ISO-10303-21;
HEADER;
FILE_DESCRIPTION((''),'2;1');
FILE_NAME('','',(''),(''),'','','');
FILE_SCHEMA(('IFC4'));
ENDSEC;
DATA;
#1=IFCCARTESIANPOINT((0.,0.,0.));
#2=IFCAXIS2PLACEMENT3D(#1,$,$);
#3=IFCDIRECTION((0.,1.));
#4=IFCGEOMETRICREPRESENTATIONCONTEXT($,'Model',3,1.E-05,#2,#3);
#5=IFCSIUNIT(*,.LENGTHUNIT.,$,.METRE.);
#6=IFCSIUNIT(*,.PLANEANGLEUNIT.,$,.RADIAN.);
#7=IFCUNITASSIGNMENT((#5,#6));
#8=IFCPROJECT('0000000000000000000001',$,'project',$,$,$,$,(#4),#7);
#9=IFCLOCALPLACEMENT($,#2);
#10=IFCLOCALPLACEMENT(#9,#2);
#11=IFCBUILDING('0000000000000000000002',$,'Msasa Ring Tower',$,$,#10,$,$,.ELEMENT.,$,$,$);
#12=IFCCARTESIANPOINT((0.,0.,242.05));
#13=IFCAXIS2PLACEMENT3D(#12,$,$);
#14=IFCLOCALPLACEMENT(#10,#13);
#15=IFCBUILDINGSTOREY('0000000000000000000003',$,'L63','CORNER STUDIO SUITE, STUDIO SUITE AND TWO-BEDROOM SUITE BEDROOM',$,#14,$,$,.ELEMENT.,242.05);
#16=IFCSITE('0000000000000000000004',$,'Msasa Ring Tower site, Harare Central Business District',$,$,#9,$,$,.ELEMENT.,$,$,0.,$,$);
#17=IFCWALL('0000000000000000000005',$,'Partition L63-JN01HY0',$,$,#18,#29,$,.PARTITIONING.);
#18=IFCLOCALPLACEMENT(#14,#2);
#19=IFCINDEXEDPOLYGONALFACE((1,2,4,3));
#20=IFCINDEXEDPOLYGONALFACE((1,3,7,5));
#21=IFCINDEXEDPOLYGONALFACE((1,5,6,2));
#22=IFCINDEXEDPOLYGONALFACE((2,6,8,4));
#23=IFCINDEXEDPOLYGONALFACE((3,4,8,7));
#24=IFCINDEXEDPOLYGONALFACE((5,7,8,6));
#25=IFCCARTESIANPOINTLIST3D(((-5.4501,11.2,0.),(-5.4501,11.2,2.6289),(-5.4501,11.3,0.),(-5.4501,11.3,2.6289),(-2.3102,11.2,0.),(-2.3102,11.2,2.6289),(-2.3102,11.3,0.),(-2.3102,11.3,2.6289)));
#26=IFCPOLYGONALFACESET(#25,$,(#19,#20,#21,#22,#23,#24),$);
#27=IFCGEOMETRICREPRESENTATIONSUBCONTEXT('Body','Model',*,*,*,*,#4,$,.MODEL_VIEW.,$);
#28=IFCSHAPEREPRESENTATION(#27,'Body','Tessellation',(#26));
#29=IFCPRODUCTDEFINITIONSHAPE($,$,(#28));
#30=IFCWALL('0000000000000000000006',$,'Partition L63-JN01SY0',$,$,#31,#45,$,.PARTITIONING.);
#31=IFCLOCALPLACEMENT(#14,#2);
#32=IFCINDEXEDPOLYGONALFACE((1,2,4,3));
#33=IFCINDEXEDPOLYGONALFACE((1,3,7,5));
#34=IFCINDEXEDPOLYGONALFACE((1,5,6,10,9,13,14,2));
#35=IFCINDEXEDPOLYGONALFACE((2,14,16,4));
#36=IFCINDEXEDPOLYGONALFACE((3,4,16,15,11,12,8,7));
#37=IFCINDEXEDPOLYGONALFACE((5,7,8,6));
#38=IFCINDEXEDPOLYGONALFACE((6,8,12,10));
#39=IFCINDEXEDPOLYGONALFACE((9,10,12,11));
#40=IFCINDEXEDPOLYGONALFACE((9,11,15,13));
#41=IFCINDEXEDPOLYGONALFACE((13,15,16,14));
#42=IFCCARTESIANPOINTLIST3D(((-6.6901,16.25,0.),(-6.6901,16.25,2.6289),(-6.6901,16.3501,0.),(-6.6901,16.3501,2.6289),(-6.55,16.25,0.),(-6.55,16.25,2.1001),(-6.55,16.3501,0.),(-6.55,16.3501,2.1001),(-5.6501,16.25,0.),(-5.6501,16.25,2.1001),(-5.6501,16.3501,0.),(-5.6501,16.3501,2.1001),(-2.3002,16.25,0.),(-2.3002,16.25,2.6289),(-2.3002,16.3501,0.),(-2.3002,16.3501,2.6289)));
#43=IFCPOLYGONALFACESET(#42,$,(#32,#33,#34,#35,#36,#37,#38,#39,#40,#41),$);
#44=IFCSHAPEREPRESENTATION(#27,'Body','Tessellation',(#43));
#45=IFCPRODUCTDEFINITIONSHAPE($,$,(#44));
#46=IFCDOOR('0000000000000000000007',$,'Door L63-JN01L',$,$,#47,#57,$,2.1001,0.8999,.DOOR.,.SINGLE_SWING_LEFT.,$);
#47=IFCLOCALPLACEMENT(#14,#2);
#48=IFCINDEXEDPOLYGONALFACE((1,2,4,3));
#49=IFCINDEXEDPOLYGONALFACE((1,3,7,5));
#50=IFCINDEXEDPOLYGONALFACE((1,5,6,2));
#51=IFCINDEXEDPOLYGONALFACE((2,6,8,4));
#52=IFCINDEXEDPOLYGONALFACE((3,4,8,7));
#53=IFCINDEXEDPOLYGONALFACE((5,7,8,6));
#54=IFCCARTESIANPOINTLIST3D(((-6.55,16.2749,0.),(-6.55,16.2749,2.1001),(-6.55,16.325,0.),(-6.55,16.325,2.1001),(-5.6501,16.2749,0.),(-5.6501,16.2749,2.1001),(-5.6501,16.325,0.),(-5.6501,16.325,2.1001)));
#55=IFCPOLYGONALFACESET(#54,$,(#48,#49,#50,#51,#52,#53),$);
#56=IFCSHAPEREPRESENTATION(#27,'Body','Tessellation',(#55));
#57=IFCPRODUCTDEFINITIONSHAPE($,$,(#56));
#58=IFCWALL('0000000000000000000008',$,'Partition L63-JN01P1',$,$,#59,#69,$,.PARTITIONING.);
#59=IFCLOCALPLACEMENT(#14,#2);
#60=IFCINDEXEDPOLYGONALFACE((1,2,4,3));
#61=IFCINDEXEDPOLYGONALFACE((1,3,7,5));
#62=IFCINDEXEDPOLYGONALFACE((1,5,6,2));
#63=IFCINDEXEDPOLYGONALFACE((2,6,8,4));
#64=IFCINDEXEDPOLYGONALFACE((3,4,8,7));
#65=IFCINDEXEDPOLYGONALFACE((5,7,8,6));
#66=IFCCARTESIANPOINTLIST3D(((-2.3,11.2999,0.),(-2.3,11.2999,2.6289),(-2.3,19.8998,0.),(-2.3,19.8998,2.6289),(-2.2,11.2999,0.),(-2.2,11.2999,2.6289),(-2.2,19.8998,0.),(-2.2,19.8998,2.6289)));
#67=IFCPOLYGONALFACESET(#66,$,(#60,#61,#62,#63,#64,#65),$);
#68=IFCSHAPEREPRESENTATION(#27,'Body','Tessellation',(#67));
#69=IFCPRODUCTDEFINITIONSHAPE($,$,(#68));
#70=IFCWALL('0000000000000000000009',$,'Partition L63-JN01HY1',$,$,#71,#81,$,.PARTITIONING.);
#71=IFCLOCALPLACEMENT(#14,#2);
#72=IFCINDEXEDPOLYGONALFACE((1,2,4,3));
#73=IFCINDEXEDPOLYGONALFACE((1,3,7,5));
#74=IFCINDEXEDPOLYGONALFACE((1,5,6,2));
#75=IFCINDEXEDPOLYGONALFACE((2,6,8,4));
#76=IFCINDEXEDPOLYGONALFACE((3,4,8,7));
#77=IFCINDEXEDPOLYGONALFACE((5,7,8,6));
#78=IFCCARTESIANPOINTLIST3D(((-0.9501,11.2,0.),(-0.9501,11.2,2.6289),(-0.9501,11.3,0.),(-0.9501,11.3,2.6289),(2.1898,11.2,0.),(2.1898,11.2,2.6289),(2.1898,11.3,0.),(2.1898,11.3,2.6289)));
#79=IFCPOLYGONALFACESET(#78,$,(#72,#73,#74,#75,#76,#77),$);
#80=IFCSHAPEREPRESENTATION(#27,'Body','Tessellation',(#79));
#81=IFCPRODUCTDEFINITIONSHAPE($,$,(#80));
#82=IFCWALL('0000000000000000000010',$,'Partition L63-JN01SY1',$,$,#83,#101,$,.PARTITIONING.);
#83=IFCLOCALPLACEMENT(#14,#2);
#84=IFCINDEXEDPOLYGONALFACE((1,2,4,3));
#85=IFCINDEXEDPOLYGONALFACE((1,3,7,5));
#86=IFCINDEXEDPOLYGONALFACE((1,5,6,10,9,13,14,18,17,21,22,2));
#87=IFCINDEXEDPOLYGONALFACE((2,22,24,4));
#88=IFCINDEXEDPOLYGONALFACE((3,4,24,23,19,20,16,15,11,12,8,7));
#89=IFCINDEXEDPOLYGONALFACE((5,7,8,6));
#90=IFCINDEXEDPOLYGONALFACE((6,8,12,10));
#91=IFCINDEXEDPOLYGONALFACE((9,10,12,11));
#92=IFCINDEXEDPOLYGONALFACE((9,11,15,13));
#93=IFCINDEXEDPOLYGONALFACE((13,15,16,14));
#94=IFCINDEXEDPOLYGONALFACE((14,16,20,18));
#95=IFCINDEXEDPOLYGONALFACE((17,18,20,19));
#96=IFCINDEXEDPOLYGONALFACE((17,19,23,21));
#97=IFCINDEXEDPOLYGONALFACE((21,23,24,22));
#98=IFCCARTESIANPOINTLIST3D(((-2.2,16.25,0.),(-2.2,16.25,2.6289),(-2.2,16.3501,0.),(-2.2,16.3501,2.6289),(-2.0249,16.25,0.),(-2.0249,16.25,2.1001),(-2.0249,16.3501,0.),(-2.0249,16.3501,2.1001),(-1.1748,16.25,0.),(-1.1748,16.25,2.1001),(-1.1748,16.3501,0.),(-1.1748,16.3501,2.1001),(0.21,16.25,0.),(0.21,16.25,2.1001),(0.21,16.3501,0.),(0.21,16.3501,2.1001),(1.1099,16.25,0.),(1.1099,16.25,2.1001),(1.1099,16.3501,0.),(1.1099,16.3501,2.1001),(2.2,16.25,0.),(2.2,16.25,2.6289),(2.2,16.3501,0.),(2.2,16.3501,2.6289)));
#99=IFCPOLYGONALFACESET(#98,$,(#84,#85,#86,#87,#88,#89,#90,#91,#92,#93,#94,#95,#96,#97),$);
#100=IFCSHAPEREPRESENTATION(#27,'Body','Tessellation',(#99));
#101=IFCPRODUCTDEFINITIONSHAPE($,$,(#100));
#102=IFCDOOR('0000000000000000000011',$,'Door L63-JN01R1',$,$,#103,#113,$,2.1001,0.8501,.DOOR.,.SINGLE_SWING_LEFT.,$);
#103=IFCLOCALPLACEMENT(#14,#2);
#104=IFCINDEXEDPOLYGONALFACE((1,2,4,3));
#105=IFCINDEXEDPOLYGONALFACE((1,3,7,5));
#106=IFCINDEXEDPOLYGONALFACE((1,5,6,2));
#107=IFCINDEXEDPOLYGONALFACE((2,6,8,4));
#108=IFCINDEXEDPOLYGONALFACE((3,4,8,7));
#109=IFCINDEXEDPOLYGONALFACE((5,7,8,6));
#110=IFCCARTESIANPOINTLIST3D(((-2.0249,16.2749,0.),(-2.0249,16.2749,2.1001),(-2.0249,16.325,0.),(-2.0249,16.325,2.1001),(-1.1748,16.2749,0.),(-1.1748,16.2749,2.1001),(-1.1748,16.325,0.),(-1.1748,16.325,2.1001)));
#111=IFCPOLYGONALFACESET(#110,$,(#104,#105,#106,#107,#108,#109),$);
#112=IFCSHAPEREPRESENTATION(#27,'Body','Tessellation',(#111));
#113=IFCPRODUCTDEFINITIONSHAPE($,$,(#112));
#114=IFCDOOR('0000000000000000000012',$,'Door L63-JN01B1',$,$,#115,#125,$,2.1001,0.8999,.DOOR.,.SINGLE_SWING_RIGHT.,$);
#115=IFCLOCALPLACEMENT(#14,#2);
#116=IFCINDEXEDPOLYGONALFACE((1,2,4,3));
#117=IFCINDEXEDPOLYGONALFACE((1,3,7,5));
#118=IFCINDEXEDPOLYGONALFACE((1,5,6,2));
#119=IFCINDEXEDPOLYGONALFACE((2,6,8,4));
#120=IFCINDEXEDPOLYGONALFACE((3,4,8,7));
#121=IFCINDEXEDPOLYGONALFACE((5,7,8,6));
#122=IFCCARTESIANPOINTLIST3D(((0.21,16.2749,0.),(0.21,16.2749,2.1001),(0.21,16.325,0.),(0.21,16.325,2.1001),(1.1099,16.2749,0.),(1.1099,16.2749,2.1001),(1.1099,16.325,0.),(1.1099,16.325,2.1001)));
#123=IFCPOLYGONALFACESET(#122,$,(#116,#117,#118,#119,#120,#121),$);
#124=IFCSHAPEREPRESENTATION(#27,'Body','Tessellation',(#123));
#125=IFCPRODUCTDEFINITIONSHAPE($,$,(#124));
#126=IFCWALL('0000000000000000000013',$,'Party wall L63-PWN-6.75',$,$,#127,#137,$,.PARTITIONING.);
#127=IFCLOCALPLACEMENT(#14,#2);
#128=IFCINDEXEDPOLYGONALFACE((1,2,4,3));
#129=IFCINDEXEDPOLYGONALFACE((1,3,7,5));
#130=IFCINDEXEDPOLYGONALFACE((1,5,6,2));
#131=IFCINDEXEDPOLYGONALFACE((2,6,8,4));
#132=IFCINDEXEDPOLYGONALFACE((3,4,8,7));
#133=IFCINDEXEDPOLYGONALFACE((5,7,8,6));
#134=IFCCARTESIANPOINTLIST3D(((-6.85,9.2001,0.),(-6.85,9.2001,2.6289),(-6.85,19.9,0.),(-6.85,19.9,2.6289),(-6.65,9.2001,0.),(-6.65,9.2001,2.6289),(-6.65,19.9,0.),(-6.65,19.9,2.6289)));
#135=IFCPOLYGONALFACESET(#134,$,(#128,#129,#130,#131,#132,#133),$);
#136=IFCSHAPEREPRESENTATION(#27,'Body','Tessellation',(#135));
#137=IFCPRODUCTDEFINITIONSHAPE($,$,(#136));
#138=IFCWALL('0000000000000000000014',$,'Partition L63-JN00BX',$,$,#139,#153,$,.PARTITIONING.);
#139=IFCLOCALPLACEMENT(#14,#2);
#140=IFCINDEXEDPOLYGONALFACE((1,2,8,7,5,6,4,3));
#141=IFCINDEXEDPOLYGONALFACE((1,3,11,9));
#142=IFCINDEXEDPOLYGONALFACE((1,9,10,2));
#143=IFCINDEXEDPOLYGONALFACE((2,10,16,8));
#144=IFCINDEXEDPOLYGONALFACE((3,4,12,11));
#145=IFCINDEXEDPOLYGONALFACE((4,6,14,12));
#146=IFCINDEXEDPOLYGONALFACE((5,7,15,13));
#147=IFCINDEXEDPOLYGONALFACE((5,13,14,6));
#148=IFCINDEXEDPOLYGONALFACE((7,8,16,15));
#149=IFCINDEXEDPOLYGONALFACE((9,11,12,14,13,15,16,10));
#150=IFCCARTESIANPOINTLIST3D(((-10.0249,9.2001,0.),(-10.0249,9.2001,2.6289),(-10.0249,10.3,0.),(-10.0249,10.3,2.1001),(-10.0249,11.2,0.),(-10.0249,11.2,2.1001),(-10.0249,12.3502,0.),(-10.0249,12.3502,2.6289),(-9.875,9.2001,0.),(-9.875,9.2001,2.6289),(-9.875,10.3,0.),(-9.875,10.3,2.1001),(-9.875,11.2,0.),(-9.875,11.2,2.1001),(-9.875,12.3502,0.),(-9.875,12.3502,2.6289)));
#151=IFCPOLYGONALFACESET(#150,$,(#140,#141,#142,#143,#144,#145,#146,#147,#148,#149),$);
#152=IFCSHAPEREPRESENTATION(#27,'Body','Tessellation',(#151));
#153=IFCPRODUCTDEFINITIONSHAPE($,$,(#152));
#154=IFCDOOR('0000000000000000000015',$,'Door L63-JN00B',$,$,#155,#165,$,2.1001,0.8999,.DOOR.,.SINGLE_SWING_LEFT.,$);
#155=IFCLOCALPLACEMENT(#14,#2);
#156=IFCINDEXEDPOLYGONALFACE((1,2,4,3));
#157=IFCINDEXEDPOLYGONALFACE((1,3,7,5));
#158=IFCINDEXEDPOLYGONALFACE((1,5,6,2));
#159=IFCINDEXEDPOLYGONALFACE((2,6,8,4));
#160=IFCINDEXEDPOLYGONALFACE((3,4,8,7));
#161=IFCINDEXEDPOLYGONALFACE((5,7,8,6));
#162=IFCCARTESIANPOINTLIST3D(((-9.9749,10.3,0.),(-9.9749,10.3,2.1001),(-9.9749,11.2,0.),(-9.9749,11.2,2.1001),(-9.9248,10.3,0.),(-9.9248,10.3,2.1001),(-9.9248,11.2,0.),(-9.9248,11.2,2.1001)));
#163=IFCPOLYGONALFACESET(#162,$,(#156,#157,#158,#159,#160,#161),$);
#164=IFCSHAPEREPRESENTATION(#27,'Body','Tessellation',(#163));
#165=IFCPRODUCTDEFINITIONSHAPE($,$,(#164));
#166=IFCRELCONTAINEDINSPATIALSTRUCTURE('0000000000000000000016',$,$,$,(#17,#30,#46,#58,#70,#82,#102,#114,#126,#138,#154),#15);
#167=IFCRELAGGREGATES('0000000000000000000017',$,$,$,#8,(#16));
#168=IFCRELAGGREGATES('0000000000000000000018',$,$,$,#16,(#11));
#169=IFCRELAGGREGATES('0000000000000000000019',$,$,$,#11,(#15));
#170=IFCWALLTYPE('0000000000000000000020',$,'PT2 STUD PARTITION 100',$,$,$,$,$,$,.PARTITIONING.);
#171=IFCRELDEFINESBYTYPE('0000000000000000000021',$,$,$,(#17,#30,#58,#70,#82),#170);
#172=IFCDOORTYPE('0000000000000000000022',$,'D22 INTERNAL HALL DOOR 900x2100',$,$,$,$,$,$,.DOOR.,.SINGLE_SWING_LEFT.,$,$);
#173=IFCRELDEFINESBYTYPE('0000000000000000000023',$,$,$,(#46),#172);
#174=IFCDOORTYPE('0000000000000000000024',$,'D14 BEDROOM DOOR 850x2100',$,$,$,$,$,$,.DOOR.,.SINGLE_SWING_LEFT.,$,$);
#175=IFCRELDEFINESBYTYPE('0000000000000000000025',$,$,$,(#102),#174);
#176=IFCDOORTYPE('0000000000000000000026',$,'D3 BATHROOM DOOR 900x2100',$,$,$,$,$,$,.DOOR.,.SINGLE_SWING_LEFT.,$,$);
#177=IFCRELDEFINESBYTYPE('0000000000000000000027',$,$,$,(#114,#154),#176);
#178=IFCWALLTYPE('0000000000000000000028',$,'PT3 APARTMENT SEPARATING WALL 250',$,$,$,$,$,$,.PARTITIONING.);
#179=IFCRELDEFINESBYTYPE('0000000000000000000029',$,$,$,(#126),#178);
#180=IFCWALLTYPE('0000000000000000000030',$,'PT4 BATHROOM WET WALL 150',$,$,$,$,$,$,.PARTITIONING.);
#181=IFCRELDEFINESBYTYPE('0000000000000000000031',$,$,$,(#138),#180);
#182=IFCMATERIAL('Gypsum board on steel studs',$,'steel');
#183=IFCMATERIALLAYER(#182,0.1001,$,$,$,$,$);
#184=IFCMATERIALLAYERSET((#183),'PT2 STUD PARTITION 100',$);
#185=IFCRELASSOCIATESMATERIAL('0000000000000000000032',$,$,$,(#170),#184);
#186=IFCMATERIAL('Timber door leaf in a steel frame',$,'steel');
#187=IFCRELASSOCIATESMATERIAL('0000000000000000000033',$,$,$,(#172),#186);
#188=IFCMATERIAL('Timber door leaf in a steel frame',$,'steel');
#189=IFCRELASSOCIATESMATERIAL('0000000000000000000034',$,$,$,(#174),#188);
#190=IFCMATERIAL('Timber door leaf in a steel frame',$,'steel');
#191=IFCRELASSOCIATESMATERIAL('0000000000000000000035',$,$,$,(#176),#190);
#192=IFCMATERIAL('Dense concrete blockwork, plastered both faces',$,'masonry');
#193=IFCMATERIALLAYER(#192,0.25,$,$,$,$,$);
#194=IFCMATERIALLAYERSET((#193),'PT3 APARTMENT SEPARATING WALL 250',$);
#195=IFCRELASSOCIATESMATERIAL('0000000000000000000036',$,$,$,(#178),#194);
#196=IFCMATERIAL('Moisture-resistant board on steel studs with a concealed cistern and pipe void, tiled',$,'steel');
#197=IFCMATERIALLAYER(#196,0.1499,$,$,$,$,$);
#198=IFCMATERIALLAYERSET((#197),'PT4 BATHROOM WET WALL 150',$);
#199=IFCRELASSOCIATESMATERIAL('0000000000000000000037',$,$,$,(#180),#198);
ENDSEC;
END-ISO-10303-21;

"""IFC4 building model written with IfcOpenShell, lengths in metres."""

from ifc_helpers import new_model, si_unit, direction, frame, frame_2d, origin, place, context, subcontext, project, spatial, rectangle, extrude, material, layer, layer_set, type_object, element, fill, save


model = new_model("IFC4")

# Units and contexts
model_context = context("Model", 3, precision=1e-05, world=origin(), true_north=direction((0.0, 1.0)))
body_context = subcontext(model_context, "Body", "Model", "MODEL_VIEW")
ifc_project = project(units=[si_unit("LENGTHUNIT", "METRE"), si_unit("PLANEANGLEUNIT", "RADIAN")], contexts=[model_context])

# Site, building, storey
site_placement = place(None, origin())
site = spatial("IfcSite", under=ifc_project, at=site_placement, Name="Msasa Ring Tower site, Harare Central Business District", CompositionType="ELEMENT", RefElevation=0.0)
building_placement = place(site_placement, origin())
building = spatial("IfcBuilding", under=site, at=building_placement, Name="Msasa Ring Tower", CompositionType="ELEMENT")
storey_placement = place(building_placement, frame((0.0, 0.0, 242.05)))
storey = spatial("IfcBuildingStorey", under=building, at=storey_placement, Name="L63", Description="CORNER STUDIO SUITE, STUDIO SUITE AND TWO-BEDROOM SUITE BEDROOM", CompositionType="ELEMENT", Elevation=242.05)

# Wall
ifc_material_1 = material(Name="Gypsum board on steel studs", Category="steel")
ifc_layer_1 = layer(ifc_material_1, 0.1001)
ifc_layer_set_1 = layer_set([ifc_layer_1], Name="PT2 STUD PARTITION 100")
wall_type_1 = type_object("IfcWallType", Name="PT2 STUD PARTITION 100", PredefinedType="PARTITIONING", material=ifc_layer_set_1)
wall_1_placement = place(storey_placement, frame((-5.45, 11.25, 0.0), z_axis=(0.0, 0.0, 1.0), x_axis=(1.0, 0.0, 0.0)))
element("IfcWall", 1, at=wall_1_placement, inside=storey, type_object=wall_type_1, Name="Partition L63-JN01HY0", PredefinedType="PARTITIONING", context=body_context, shape_type="SweptSolid", body=[
    extrude(rectangle(XDim=3.1399, YDim=0.1001, at=frame_2d((1.5698, 0.0))), origin(), (0.0, 0.0, 1.0), 2.6289),
])

# Wall, opening, door
wall_2_placement = place(storey_placement, frame((-6.6899, 16.3, 0.0), z_axis=(0.0, 0.0, 1.0), x_axis=(1.0, 0.0, 0.0)))
wall_2 = element("IfcWall", 2, at=wall_2_placement, inside=storey, type_object=wall_type_1, Name="Partition L63-JN01SY0", PredefinedType="PARTITIONING", context=body_context, shape_type="SweptSolid", body=[
    extrude(rectangle(XDim=4.3899, YDim=0.1001, at=frame_2d((2.1948, 0.0))), origin(), (0.0, 0.0, 1.0), 2.6289),
])
opening_1_placement = place(wall_2_placement, frame((0.1399, 0.0, 0.0)))
opening_1 = element("IfcOpeningElement", 3, at=opening_1_placement, cuts=wall_2, PredefinedType="OPENING", context=body_context, shape_type="SweptSolid", body=[
    extrude(rectangle(XDim=0.8999, YDim=2.1001, at=frame_2d((0.45, 1.05))), frame((0.0, 0.0601, 0.0), z_axis=(0.0, -1.0, 0.0), x_axis=(1.0, 0.0, 0.0)), (0.0, 0.0, 1.0), 0.1201),
])
ifc_material_2 = material(Name="Timber door leaf in a steel frame", Category="steel")
door_type_1 = type_object("IfcDoorType", Name="D22 INTERNAL HALL DOOR 900x2100", OperationType="SINGLE_SWING_LEFT", PredefinedType="DOOR", material=ifc_material_2)
door_1_placement = place(opening_1_placement, origin())
door_1 = element("IfcDoor", 4, at=door_1_placement, inside=storey, type_object=door_type_1, Name="Door L63-JN01L", OperationType="SINGLE_SWING_LEFT", OverallHeight=2.1001, OverallWidth=0.8999, PredefinedType="DOOR", context=body_context, shape_type="SweptSolid", body=[
    extrude(rectangle(XDim=0.8999, YDim=2.1001, at=frame_2d((0.45, 1.05))), frame((0.0, 0.0249, 0.0), z_axis=(0.0, -1.0, 0.0), x_axis=(1.0, 0.0, 0.0)), (0.0, 0.0, 1.0), 0.05),
])
fill(opening_1, door_1)

# Walls
wall_3_placement = place(storey_placement, frame((-2.25, 11.3, 0.0), z_axis=(0.0, 0.0, 1.0), x_axis=(0.0, 1.0, 0.0)))
element("IfcWall", 5, at=wall_3_placement, inside=storey, type_object=wall_type_1, Name="Partition L63-JN01P1", PredefinedType="PARTITIONING", context=body_context, shape_type="SweptSolid", body=[
    extrude(rectangle(XDim=8.5999, YDim=0.1001, at=frame_2d((4.2998, 0.0))), origin(), (0.0, 0.0, 1.0), 2.6289),
])
wall_4_placement = place(storey_placement, frame((-0.95, 11.25, 0.0), z_axis=(0.0, 0.0, 1.0), x_axis=(1.0, 0.0, 0.0)))
element("IfcWall", 6, at=wall_4_placement, inside=storey, type_object=wall_type_1, Name="Partition L63-JN01HY1", PredefinedType="PARTITIONING", context=body_context, shape_type="SweptSolid", body=[
    extrude(rectangle(XDim=3.1399, YDim=0.1001, at=frame_2d((1.5698, 0.0))), origin(), (0.0, 0.0, 1.0), 2.6289),
])

# Wall, openings, doors
wall_5_placement = place(storey_placement, frame((-2.2, 16.3, 0.0), z_axis=(0.0, 0.0, 1.0), x_axis=(1.0, 0.0, 0.0)))
wall_5 = element("IfcWall", 7, at=wall_5_placement, inside=storey, type_object=wall_type_1, Name="Partition L63-JN01SY1", PredefinedType="PARTITIONING", context=body_context, shape_type="SweptSolid", body=[
    extrude(rectangle(XDim=4.3999, YDim=0.1001, at=frame_2d((2.2, 0.0))), origin(), (0.0, 0.0, 1.0), 2.6289),
])
opening_2_placement = place(wall_5_placement, frame((0.175, 0.0, 0.0)))
opening_2 = element("IfcOpeningElement", 8, at=opening_2_placement, cuts=wall_5, PredefinedType="OPENING", context=body_context, shape_type="SweptSolid", body=[
    extrude(rectangle(XDim=0.8501, YDim=2.1001, at=frame_2d((0.425, 1.05))), frame((0.0, 0.0601, 0.0), z_axis=(0.0, -1.0, 0.0), x_axis=(1.0, 0.0, 0.0)), (0.0, 0.0, 1.0), 0.1201),
])
opening_3_placement = place(wall_5_placement, frame((2.4099, 0.0, 0.0)))
opening_3 = element("IfcOpeningElement", 9, at=opening_3_placement, cuts=wall_5, PredefinedType="OPENING", context=body_context, shape_type="SweptSolid", body=[
    extrude(rectangle(XDim=0.8999, YDim=2.1001, at=frame_2d((0.45, 1.05))), frame((0.0, 0.0601, 0.0), z_axis=(0.0, -1.0, 0.0), x_axis=(1.0, 0.0, 0.0)), (0.0, 0.0, 1.0), 0.1201),
])
ifc_material_3 = material(Name="Timber door leaf in a steel frame", Category="steel")
door_type_2 = type_object("IfcDoorType", Name="D14 BEDROOM DOOR 850x2100", OperationType="SINGLE_SWING_LEFT", PredefinedType="DOOR", material=ifc_material_3)
door_2_placement = place(opening_2_placement, origin())
door_2 = element("IfcDoor", 10, at=door_2_placement, inside=storey, type_object=door_type_2, Name="Door L63-JN01R1", OperationType="SINGLE_SWING_LEFT", OverallHeight=2.1001, OverallWidth=0.8501, PredefinedType="DOOR", context=body_context, shape_type="SweptSolid", body=[
    extrude(rectangle(XDim=0.8501, YDim=2.1001, at=frame_2d((0.425, 1.05))), frame((0.0, 0.0249, 0.0), z_axis=(0.0, -1.0, 0.0), x_axis=(1.0, 0.0, 0.0)), (0.0, 0.0, 1.0), 0.05),
])
fill(opening_2, door_2)
ifc_material_4 = material(Name="Timber door leaf in a steel frame", Category="steel")
door_type_3 = type_object("IfcDoorType", Name="D3 BATHROOM DOOR 900x2100", OperationType="SINGLE_SWING_LEFT", PredefinedType="DOOR", material=ifc_material_4)
door_3_placement = place(opening_3_placement, origin())
door_3 = element("IfcDoor", 11, at=door_3_placement, inside=storey, type_object=door_type_3, Name="Door L63-JN01B1", OperationType="SINGLE_SWING_RIGHT", OverallHeight=2.1001, OverallWidth=0.8999, PredefinedType="DOOR", context=body_context, shape_type="SweptSolid", body=[
    extrude(rectangle(XDim=0.8999, YDim=2.1001, at=frame_2d((0.45, 1.05))), frame((0.0, 0.0249, 0.0), z_axis=(0.0, -1.0, 0.0), x_axis=(1.0, 0.0, 0.0)), (0.0, 0.0, 1.0), 0.05),
])
fill(opening_3, door_3)

# Wall
ifc_material_5 = material(Name="Dense concrete blockwork, plastered both faces", Category="masonry")
ifc_layer_2 = layer(ifc_material_5, 0.25)
ifc_layer_set_2 = layer_set([ifc_layer_2], Name="PT3 APARTMENT SEPARATING WALL 250")
wall_type_2 = type_object("IfcWallType", Name="PT3 APARTMENT SEPARATING WALL 250", PredefinedType="PARTITIONING", material=ifc_layer_set_2)
wall_6_placement = place(storey_placement, frame((-6.75, 9.2, 0.0), z_axis=(0.0, 0.0, 1.0), x_axis=(0.0, 1.0, 0.0)))
element("IfcWall", 12, at=wall_6_placement, inside=storey, type_object=wall_type_2, Name="Party wall L63-PWN-6.75", PredefinedType="PARTITIONING", context=body_context, shape_type="SweptSolid", body=[
    extrude(rectangle(XDim=10.7, YDim=0.2, at=frame_2d((5.3501, 0.0))), origin(), (0.0, 0.0, 1.0), 2.6289),
])

# Wall, opening, door
ifc_material_6 = material(Name="Moisture-resistant board on steel studs with a concealed cistern and pipe void, tiled", Category="steel")
ifc_layer_3 = layer(ifc_material_6, 0.1499)
ifc_layer_set_3 = layer_set([ifc_layer_3], Name="PT4 BATHROOM WET WALL 150")
wall_type_3 = type_object("IfcWallType", Name="PT4 BATHROOM WET WALL 150", PredefinedType="PARTITIONING", material=ifc_layer_set_3)
wall_7_placement = place(storey_placement, frame((-9.95, 9.2, 0.0), z_axis=(0.0, 0.0, 1.0), x_axis=(0.0, 1.0, 0.0)))
wall_7 = element("IfcWall", 13, at=wall_7_placement, inside=storey, type_object=wall_type_3, Name="Partition L63-JN00BX", PredefinedType="PARTITIONING", context=body_context, shape_type="SweptSolid", body=[
    extrude(rectangle(XDim=3.1501, YDim=0.1499, at=frame_2d((1.5752, 0.0))), origin(), (0.0, 0.0, 1.0), 2.6289),
])
opening_4_placement = place(wall_7_placement, frame((1.1001, 0.0, 0.0)))
opening_4 = element("IfcOpeningElement", 14, at=opening_4_placement, cuts=wall_7, PredefinedType="OPENING", context=body_context, shape_type="SweptSolid", body=[
    extrude(rectangle(XDim=0.8999, YDim=2.1001, at=frame_2d((0.45, 1.05))), frame((0.0, 0.085, 0.0), z_axis=(0.0, -1.0, 0.0), x_axis=(1.0, 0.0, 0.0)), (0.0, 0.0, 1.0), 0.1699),
])
door_4_placement = place(opening_4_placement, origin())
door_4 = element("IfcDoor", 15, at=door_4_placement, inside=storey, type_object=door_type_3, Name="Door L63-JN00B", OperationType="SINGLE_SWING_LEFT", OverallHeight=2.1001, OverallWidth=0.8999, PredefinedType="DOOR", context=body_context, shape_type="SweptSolid", body=[
    extrude(rectangle(XDim=0.8999, YDim=2.1001, at=frame_2d((0.45, 1.05))), frame((0.0, 0.0249, 0.0), z_axis=(0.0, -1.0, 0.0), x_axis=(1.0, 0.0, 0.0)), (0.0, 0.0, 1.0), 0.05),
])
fill(opening_4, door_4)

save(model, "model.ifc")
